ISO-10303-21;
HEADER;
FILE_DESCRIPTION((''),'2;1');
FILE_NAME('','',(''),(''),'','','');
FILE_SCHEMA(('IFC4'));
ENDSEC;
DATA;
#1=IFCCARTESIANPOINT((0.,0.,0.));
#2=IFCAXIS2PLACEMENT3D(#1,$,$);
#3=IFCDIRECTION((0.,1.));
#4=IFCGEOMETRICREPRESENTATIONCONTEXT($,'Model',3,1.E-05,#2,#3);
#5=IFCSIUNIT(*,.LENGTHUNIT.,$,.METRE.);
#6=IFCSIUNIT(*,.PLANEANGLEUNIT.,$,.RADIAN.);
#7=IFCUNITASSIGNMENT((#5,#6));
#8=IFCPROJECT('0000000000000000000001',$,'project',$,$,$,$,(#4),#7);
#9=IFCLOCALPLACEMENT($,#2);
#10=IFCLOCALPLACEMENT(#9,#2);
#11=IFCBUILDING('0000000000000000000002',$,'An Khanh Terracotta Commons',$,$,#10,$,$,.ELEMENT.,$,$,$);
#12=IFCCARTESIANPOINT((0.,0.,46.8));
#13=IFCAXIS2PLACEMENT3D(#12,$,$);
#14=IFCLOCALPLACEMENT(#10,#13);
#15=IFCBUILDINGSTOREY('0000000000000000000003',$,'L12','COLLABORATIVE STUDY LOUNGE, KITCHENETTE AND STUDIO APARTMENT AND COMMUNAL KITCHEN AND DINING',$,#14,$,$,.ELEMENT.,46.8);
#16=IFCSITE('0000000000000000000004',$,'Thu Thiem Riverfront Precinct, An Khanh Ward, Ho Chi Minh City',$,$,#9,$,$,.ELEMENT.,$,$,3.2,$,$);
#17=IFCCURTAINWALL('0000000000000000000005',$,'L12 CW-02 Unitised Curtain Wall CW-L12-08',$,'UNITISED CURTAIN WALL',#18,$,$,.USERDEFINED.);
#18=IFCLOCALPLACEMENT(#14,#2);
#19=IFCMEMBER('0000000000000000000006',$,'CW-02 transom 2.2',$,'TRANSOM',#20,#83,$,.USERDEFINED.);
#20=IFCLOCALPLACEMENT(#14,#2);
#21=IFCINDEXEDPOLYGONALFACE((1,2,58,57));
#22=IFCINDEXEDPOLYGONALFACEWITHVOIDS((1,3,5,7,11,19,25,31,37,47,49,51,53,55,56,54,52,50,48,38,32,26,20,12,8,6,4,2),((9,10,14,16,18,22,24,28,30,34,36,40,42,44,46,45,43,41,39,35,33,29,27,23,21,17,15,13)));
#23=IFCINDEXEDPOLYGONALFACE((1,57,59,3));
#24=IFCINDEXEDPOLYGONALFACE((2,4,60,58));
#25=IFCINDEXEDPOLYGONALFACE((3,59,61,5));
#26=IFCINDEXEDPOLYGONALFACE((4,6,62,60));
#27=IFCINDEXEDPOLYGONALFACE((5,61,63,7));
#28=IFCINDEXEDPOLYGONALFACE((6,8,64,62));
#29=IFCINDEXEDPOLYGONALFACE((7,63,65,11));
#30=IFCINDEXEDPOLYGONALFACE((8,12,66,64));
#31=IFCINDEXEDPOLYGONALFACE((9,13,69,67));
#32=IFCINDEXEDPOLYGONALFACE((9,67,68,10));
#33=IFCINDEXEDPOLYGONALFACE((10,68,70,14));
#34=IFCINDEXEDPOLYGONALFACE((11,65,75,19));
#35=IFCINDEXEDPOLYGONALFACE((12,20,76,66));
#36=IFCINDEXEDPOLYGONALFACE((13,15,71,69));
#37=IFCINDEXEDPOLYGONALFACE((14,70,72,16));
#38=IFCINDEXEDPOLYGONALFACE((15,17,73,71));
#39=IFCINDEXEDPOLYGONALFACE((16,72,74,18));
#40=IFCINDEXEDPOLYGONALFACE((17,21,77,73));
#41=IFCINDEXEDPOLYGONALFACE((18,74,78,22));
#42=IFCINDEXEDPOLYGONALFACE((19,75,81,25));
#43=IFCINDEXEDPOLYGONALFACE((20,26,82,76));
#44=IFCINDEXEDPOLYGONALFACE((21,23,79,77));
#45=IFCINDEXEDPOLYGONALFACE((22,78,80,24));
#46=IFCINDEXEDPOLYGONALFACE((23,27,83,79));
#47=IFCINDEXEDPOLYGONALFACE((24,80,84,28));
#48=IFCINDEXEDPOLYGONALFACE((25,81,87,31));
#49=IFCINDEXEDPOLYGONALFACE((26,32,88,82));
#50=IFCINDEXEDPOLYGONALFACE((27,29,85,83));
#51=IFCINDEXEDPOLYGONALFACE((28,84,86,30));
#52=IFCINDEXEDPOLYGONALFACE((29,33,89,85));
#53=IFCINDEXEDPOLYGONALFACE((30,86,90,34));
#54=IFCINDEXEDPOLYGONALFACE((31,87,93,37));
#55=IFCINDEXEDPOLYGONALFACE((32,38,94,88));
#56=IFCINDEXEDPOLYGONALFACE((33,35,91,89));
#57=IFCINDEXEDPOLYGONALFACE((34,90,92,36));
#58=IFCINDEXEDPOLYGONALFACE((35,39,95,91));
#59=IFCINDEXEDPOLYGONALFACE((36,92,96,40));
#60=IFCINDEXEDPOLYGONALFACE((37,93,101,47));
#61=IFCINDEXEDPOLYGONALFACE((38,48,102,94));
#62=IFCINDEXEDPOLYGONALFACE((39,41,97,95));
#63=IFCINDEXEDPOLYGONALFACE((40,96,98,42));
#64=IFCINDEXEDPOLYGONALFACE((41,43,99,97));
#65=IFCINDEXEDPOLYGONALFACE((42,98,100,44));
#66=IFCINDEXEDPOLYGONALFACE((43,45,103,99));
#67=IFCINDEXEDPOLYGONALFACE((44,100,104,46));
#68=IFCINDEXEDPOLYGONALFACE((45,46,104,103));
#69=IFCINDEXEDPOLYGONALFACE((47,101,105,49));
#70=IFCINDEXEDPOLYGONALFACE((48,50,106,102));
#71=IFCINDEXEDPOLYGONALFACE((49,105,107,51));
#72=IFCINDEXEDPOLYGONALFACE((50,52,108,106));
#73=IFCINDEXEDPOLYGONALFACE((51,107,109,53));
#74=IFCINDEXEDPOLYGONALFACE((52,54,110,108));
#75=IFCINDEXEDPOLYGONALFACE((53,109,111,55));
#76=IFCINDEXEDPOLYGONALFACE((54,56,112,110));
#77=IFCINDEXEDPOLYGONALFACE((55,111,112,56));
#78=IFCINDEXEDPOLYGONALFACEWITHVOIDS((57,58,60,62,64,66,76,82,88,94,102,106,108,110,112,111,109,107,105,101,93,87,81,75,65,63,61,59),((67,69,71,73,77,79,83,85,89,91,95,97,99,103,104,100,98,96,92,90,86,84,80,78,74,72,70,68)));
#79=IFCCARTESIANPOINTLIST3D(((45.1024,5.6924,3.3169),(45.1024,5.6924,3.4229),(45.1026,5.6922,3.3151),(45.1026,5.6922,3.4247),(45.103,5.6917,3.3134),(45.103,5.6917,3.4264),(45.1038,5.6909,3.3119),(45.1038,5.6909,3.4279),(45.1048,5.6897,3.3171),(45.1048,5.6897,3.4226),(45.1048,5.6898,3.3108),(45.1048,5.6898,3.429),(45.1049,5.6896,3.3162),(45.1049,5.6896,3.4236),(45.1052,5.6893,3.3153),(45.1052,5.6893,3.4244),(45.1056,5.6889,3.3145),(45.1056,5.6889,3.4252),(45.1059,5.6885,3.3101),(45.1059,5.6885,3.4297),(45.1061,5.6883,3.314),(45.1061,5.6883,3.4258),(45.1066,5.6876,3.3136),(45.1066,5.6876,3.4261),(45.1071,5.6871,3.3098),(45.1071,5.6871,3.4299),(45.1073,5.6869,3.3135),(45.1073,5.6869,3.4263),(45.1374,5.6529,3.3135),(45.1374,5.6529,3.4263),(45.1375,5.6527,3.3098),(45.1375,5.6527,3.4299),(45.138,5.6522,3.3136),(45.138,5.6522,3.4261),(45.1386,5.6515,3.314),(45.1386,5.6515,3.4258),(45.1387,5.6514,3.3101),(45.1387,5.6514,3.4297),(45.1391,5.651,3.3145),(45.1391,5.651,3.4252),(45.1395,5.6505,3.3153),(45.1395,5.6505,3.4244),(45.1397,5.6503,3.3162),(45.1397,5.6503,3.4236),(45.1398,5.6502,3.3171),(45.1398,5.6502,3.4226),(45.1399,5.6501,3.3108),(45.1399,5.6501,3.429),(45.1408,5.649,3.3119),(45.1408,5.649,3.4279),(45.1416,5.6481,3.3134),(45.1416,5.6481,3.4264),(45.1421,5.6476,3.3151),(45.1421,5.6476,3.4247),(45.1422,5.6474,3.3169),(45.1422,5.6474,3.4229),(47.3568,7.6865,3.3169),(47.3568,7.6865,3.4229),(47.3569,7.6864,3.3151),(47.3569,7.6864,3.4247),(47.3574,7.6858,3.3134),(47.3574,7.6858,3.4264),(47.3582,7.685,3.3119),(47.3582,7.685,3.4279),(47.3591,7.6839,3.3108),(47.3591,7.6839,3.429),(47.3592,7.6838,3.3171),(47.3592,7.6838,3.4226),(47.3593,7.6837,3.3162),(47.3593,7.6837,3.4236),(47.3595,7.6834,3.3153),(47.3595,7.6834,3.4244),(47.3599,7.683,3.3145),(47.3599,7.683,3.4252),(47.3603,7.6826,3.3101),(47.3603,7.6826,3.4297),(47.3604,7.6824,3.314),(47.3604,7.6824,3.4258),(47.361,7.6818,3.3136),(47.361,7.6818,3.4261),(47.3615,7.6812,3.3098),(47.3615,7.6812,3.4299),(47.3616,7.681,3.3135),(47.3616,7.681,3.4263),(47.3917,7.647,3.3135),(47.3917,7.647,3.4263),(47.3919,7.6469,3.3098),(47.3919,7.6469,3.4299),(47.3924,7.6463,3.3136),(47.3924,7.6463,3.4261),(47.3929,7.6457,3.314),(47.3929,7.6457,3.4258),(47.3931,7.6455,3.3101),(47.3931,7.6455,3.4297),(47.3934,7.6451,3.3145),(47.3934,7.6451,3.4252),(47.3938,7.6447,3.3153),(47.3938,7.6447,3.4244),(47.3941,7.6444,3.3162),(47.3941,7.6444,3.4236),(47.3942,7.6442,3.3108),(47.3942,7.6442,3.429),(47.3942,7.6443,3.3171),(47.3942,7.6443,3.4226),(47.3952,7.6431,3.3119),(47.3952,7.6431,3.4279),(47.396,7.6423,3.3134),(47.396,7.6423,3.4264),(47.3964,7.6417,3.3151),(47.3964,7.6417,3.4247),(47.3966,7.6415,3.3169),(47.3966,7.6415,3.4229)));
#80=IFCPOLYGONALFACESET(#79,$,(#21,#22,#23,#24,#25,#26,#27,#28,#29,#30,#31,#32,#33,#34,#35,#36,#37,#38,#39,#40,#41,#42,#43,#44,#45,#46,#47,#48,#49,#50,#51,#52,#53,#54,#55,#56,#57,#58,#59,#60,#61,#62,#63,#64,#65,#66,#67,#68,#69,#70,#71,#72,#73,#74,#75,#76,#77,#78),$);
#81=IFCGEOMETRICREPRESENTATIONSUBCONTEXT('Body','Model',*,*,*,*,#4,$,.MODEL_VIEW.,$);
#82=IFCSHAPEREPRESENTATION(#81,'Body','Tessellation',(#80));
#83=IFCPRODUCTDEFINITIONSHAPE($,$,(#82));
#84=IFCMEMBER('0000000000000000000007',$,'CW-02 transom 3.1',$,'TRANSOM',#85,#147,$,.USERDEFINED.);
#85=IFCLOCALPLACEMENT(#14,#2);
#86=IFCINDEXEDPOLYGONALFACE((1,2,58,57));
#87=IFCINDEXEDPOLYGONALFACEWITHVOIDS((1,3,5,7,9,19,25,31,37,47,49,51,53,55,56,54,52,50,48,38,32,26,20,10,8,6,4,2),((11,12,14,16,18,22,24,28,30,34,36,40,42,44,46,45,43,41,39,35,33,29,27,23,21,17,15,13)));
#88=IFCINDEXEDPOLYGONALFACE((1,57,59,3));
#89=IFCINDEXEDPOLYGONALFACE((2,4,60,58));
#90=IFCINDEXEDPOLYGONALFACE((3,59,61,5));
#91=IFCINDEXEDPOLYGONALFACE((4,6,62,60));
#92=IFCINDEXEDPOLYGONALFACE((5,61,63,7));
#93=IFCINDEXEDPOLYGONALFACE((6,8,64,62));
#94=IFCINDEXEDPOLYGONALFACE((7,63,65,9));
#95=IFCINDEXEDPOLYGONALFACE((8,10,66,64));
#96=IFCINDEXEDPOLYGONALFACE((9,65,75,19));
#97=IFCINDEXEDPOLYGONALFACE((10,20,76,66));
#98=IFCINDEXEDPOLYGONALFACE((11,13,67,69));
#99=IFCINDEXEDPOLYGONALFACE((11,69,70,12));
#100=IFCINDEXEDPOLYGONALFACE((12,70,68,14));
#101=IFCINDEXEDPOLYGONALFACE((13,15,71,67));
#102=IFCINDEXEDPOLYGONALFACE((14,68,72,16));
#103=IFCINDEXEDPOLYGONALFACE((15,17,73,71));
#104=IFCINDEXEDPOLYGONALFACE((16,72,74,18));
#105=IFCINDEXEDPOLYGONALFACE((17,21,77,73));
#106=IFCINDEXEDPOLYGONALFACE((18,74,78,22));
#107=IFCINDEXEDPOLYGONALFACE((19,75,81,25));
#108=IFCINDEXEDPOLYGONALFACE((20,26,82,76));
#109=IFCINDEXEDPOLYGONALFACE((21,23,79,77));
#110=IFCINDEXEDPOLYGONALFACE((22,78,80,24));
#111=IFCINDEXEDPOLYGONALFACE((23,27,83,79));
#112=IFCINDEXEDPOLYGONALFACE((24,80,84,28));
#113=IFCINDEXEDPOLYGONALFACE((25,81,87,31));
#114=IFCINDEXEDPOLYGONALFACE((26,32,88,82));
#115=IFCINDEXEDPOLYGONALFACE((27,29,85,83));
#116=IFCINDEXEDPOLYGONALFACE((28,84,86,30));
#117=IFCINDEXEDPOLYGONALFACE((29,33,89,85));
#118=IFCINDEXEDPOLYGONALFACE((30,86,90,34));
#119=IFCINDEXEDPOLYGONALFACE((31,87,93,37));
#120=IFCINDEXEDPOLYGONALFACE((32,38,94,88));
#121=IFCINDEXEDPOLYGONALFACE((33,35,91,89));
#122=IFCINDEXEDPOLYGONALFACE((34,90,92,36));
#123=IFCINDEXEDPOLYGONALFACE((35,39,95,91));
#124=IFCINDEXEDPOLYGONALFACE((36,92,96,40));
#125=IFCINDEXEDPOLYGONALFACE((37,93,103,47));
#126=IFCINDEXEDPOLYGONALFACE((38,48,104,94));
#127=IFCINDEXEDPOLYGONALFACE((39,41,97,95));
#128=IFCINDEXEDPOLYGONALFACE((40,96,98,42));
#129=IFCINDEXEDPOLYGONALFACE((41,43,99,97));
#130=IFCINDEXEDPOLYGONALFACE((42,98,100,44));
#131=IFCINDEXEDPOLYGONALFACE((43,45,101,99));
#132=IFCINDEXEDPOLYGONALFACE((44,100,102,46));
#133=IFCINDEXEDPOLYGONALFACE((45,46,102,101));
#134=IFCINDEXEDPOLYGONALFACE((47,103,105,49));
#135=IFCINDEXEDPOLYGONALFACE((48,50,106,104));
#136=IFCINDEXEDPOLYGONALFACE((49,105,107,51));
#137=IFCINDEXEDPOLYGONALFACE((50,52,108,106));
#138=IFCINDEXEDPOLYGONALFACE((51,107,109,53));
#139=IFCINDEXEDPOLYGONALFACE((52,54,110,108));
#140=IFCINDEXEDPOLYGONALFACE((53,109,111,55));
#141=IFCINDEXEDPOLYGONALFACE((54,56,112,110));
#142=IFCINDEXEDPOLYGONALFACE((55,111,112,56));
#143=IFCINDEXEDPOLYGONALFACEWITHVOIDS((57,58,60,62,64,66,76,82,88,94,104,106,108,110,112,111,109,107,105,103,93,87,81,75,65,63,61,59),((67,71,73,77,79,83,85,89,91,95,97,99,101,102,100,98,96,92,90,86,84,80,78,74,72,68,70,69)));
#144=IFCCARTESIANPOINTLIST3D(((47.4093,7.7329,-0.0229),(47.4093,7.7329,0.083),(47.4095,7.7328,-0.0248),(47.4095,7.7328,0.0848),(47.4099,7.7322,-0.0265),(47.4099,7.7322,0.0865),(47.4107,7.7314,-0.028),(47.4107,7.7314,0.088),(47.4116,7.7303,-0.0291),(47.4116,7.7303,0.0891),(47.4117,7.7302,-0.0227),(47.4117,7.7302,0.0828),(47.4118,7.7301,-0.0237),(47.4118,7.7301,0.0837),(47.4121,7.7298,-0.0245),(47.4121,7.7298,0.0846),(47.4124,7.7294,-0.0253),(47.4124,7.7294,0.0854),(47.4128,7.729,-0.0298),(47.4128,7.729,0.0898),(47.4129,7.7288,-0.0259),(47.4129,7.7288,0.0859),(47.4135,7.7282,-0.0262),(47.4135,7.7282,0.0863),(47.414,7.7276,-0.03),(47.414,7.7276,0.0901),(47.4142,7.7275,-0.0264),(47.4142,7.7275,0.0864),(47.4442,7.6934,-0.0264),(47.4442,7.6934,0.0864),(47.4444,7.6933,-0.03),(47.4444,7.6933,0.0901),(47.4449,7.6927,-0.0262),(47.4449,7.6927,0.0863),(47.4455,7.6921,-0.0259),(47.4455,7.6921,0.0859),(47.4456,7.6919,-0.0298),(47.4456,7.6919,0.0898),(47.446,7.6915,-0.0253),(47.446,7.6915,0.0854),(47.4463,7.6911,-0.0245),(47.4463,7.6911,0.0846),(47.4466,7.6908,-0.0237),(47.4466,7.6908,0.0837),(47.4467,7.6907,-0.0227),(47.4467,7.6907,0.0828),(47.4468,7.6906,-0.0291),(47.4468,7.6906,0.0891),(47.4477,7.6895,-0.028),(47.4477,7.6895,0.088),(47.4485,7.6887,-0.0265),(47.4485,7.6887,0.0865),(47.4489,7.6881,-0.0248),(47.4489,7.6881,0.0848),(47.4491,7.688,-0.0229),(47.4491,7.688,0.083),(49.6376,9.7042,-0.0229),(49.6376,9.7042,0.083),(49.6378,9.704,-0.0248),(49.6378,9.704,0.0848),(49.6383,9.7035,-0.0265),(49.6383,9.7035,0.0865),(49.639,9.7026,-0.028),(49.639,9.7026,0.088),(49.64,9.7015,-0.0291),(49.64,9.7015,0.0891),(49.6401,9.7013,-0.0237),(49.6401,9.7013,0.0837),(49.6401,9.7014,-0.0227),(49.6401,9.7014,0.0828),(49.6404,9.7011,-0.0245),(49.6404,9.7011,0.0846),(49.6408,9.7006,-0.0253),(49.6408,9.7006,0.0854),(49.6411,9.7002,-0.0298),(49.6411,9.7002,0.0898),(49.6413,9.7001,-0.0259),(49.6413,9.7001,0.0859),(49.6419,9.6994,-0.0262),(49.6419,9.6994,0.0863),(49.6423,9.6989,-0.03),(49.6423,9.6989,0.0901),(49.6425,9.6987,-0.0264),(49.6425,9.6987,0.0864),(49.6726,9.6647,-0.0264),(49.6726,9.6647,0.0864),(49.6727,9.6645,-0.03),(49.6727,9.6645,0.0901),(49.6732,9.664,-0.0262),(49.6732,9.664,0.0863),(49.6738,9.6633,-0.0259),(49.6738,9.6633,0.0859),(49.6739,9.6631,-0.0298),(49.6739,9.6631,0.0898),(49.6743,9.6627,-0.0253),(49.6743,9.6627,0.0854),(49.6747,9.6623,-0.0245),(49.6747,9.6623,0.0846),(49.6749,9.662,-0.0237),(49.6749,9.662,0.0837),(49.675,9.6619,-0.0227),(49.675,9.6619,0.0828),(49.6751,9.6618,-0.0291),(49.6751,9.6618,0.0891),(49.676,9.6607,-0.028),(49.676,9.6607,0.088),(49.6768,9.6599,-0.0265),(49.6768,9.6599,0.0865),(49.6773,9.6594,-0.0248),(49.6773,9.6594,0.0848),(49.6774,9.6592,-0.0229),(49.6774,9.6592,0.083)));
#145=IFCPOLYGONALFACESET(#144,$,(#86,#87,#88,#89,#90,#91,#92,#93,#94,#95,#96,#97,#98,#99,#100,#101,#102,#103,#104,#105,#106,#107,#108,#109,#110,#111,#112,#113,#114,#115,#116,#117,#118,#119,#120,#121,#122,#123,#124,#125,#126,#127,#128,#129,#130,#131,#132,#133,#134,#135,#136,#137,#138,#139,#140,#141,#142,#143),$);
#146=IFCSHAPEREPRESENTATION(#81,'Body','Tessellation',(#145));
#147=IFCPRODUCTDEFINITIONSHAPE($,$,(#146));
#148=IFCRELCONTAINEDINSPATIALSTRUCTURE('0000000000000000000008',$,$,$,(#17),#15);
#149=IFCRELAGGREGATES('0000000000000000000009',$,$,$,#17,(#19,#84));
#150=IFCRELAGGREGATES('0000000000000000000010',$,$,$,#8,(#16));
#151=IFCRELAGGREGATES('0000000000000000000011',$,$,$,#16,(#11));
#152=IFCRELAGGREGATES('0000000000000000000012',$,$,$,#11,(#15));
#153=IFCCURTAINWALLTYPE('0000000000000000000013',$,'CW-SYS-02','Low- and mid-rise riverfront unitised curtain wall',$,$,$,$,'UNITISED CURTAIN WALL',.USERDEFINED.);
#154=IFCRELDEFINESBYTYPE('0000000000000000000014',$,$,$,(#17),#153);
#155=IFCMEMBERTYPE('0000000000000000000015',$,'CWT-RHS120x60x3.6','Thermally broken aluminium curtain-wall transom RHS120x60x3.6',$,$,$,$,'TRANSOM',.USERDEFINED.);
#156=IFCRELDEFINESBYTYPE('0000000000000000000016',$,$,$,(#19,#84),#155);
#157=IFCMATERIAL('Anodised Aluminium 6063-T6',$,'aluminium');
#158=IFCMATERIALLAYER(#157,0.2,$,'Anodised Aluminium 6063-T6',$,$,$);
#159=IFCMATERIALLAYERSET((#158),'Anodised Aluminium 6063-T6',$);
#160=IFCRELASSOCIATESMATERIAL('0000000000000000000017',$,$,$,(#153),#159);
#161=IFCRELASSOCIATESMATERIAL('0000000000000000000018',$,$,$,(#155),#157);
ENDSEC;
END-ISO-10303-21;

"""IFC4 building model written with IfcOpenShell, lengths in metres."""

from ifc_helpers import new_model, si_unit, direction, frame, origin, origin_2d, place, context, subcontext, project, spatial, hollow_rectangle, extrude, material, layer, layer_set, material_profile, profile_set, type_object, element, aggregate, save


model = new_model("IFC4")

# Units and contexts
model_context = context("Model", 3, precision=1e-05, world=origin(), true_north=direction((0.0, 1.0)))
body_context = subcontext(model_context, "Body", "Model", "MODEL_VIEW")
ifc_project = project(units=[si_unit("LENGTHUNIT", "METRE"), si_unit("PLANEANGLEUNIT", "RADIAN")], contexts=[model_context])

# Site, building, storey
site_placement = place(None, origin())
site = spatial("IfcSite", under=ifc_project, at=site_placement, Name="Thu Thiem Riverfront Precinct, An Khanh Ward, Ho Chi Minh City", CompositionType="ELEMENT", RefElevation=3.2)
building_placement = place(site_placement, origin())
building = spatial("IfcBuilding", under=site, at=building_placement, Name="An Khanh Terracotta Commons", CompositionType="ELEMENT")
storey_placement = place(building_placement, frame((0.0, 0.0, 46.8)))
storey = spatial("IfcBuildingStorey", under=building, at=storey_placement, Name="L12", Description="COLLABORATIVE STUDY LOUNGE, KITCHENETTE AND STUDIO APARTMENT AND COMMUNAL KITCHEN AND DINING", CompositionType="ELEMENT", Elevation=46.8)

# Curtain wall, members
ifc_material_1 = material(Name="Anodised Aluminium 6063-T6", Category="aluminium")
ifc_layer_1 = layer(ifc_material_1, 0.2, Name="Anodised Aluminium 6063-T6")
ifc_layer_set_1 = layer_set([ifc_layer_1], Name="Anodised Aluminium 6063-T6")
curtain_wall_type = type_object("IfcCurtainWallType", Name="CW-SYS-02", Description="Low- and mid-rise riverfront unitised curtain wall", ElementType="UNITISED CURTAIN WALL", PredefinedType="USERDEFINED", material=ifc_layer_set_1)
curtain_wall_placement = place(storey_placement, origin())
curtain_wall = element("IfcCurtainWall", 1, at=curtain_wall_placement, inside=storey, type_object=curtain_wall_type, Name="L12 CW-02 Unitised Curtain Wall CW-L12-08", ObjectType="UNITISED CURTAIN WALL", PredefinedType="USERDEFINED")
ifc_material_profile_1 = material_profile(ifc_material_1, hollow_rectangle(XDim=0.0601, YDim=0.1201, WallThickness=0.0037, InnerFilletRadius=0.0037, OuterFilletRadius=0.0071, at=origin_2d()), Name="RHS120x60x3.6")
ifc_profile_set_1 = profile_set([ifc_material_profile_1], Name="Anodised Aluminium 6063-T6")
member_type_1 = type_object("IfcMemberType", Name="CWT-RHS120x60x3.6", Description="Thermally broken aluminium curtain-wall transom RHS120x60x3.6", ElementType="TRANSOM", PredefinedType="USERDEFINED", material=ifc_profile_set_1)
member_1_placement = place(storey_placement, frame((45.1223, 5.6699, 3.3699), z_axis=(0.749018, 0.662549, 0.0), x_axis=(-0.662549, 0.749018, 0.0)))
member_1 = element("IfcMember", 2, at=member_1_placement, type_object=member_type_1, Name="CW-02 transom 2.2", ObjectType="TRANSOM", PredefinedType="USERDEFINED", context=body_context, shape_type="SweptSolid", body=[
    extrude(hollow_rectangle(XDim=0.0601, YDim=0.1201, WallThickness=0.0037, InnerFilletRadius=0.0037, OuterFilletRadius=0.0071, at=origin_2d()), origin(), (0.0, 0.0, 1.0), 3.0098),
])
member_2_placement = place(storey_placement, frame((47.4292, 7.7104, 0.03), z_axis=(0.748992, 0.662579, 0.0), x_axis=(-0.662579, 0.748992, 0.0)))
member_2 = element("IfcMember", 3, at=member_2_placement, type_object=member_type_1, Name="CW-02 transom 3.1", ObjectType="TRANSOM", PredefinedType="USERDEFINED", context=body_context, shape_type="SweptSolid", body=[
    extrude(hollow_rectangle(XDim=0.0601, YDim=0.1201, WallThickness=0.0037, InnerFilletRadius=0.0037, OuterFilletRadius=0.0071, at=origin_2d()), origin(), (0.0, 0.0, 1.0), 2.9751),
])
aggregate(curtain_wall, [member_1, member_2])

save(model, "model.ifc")
